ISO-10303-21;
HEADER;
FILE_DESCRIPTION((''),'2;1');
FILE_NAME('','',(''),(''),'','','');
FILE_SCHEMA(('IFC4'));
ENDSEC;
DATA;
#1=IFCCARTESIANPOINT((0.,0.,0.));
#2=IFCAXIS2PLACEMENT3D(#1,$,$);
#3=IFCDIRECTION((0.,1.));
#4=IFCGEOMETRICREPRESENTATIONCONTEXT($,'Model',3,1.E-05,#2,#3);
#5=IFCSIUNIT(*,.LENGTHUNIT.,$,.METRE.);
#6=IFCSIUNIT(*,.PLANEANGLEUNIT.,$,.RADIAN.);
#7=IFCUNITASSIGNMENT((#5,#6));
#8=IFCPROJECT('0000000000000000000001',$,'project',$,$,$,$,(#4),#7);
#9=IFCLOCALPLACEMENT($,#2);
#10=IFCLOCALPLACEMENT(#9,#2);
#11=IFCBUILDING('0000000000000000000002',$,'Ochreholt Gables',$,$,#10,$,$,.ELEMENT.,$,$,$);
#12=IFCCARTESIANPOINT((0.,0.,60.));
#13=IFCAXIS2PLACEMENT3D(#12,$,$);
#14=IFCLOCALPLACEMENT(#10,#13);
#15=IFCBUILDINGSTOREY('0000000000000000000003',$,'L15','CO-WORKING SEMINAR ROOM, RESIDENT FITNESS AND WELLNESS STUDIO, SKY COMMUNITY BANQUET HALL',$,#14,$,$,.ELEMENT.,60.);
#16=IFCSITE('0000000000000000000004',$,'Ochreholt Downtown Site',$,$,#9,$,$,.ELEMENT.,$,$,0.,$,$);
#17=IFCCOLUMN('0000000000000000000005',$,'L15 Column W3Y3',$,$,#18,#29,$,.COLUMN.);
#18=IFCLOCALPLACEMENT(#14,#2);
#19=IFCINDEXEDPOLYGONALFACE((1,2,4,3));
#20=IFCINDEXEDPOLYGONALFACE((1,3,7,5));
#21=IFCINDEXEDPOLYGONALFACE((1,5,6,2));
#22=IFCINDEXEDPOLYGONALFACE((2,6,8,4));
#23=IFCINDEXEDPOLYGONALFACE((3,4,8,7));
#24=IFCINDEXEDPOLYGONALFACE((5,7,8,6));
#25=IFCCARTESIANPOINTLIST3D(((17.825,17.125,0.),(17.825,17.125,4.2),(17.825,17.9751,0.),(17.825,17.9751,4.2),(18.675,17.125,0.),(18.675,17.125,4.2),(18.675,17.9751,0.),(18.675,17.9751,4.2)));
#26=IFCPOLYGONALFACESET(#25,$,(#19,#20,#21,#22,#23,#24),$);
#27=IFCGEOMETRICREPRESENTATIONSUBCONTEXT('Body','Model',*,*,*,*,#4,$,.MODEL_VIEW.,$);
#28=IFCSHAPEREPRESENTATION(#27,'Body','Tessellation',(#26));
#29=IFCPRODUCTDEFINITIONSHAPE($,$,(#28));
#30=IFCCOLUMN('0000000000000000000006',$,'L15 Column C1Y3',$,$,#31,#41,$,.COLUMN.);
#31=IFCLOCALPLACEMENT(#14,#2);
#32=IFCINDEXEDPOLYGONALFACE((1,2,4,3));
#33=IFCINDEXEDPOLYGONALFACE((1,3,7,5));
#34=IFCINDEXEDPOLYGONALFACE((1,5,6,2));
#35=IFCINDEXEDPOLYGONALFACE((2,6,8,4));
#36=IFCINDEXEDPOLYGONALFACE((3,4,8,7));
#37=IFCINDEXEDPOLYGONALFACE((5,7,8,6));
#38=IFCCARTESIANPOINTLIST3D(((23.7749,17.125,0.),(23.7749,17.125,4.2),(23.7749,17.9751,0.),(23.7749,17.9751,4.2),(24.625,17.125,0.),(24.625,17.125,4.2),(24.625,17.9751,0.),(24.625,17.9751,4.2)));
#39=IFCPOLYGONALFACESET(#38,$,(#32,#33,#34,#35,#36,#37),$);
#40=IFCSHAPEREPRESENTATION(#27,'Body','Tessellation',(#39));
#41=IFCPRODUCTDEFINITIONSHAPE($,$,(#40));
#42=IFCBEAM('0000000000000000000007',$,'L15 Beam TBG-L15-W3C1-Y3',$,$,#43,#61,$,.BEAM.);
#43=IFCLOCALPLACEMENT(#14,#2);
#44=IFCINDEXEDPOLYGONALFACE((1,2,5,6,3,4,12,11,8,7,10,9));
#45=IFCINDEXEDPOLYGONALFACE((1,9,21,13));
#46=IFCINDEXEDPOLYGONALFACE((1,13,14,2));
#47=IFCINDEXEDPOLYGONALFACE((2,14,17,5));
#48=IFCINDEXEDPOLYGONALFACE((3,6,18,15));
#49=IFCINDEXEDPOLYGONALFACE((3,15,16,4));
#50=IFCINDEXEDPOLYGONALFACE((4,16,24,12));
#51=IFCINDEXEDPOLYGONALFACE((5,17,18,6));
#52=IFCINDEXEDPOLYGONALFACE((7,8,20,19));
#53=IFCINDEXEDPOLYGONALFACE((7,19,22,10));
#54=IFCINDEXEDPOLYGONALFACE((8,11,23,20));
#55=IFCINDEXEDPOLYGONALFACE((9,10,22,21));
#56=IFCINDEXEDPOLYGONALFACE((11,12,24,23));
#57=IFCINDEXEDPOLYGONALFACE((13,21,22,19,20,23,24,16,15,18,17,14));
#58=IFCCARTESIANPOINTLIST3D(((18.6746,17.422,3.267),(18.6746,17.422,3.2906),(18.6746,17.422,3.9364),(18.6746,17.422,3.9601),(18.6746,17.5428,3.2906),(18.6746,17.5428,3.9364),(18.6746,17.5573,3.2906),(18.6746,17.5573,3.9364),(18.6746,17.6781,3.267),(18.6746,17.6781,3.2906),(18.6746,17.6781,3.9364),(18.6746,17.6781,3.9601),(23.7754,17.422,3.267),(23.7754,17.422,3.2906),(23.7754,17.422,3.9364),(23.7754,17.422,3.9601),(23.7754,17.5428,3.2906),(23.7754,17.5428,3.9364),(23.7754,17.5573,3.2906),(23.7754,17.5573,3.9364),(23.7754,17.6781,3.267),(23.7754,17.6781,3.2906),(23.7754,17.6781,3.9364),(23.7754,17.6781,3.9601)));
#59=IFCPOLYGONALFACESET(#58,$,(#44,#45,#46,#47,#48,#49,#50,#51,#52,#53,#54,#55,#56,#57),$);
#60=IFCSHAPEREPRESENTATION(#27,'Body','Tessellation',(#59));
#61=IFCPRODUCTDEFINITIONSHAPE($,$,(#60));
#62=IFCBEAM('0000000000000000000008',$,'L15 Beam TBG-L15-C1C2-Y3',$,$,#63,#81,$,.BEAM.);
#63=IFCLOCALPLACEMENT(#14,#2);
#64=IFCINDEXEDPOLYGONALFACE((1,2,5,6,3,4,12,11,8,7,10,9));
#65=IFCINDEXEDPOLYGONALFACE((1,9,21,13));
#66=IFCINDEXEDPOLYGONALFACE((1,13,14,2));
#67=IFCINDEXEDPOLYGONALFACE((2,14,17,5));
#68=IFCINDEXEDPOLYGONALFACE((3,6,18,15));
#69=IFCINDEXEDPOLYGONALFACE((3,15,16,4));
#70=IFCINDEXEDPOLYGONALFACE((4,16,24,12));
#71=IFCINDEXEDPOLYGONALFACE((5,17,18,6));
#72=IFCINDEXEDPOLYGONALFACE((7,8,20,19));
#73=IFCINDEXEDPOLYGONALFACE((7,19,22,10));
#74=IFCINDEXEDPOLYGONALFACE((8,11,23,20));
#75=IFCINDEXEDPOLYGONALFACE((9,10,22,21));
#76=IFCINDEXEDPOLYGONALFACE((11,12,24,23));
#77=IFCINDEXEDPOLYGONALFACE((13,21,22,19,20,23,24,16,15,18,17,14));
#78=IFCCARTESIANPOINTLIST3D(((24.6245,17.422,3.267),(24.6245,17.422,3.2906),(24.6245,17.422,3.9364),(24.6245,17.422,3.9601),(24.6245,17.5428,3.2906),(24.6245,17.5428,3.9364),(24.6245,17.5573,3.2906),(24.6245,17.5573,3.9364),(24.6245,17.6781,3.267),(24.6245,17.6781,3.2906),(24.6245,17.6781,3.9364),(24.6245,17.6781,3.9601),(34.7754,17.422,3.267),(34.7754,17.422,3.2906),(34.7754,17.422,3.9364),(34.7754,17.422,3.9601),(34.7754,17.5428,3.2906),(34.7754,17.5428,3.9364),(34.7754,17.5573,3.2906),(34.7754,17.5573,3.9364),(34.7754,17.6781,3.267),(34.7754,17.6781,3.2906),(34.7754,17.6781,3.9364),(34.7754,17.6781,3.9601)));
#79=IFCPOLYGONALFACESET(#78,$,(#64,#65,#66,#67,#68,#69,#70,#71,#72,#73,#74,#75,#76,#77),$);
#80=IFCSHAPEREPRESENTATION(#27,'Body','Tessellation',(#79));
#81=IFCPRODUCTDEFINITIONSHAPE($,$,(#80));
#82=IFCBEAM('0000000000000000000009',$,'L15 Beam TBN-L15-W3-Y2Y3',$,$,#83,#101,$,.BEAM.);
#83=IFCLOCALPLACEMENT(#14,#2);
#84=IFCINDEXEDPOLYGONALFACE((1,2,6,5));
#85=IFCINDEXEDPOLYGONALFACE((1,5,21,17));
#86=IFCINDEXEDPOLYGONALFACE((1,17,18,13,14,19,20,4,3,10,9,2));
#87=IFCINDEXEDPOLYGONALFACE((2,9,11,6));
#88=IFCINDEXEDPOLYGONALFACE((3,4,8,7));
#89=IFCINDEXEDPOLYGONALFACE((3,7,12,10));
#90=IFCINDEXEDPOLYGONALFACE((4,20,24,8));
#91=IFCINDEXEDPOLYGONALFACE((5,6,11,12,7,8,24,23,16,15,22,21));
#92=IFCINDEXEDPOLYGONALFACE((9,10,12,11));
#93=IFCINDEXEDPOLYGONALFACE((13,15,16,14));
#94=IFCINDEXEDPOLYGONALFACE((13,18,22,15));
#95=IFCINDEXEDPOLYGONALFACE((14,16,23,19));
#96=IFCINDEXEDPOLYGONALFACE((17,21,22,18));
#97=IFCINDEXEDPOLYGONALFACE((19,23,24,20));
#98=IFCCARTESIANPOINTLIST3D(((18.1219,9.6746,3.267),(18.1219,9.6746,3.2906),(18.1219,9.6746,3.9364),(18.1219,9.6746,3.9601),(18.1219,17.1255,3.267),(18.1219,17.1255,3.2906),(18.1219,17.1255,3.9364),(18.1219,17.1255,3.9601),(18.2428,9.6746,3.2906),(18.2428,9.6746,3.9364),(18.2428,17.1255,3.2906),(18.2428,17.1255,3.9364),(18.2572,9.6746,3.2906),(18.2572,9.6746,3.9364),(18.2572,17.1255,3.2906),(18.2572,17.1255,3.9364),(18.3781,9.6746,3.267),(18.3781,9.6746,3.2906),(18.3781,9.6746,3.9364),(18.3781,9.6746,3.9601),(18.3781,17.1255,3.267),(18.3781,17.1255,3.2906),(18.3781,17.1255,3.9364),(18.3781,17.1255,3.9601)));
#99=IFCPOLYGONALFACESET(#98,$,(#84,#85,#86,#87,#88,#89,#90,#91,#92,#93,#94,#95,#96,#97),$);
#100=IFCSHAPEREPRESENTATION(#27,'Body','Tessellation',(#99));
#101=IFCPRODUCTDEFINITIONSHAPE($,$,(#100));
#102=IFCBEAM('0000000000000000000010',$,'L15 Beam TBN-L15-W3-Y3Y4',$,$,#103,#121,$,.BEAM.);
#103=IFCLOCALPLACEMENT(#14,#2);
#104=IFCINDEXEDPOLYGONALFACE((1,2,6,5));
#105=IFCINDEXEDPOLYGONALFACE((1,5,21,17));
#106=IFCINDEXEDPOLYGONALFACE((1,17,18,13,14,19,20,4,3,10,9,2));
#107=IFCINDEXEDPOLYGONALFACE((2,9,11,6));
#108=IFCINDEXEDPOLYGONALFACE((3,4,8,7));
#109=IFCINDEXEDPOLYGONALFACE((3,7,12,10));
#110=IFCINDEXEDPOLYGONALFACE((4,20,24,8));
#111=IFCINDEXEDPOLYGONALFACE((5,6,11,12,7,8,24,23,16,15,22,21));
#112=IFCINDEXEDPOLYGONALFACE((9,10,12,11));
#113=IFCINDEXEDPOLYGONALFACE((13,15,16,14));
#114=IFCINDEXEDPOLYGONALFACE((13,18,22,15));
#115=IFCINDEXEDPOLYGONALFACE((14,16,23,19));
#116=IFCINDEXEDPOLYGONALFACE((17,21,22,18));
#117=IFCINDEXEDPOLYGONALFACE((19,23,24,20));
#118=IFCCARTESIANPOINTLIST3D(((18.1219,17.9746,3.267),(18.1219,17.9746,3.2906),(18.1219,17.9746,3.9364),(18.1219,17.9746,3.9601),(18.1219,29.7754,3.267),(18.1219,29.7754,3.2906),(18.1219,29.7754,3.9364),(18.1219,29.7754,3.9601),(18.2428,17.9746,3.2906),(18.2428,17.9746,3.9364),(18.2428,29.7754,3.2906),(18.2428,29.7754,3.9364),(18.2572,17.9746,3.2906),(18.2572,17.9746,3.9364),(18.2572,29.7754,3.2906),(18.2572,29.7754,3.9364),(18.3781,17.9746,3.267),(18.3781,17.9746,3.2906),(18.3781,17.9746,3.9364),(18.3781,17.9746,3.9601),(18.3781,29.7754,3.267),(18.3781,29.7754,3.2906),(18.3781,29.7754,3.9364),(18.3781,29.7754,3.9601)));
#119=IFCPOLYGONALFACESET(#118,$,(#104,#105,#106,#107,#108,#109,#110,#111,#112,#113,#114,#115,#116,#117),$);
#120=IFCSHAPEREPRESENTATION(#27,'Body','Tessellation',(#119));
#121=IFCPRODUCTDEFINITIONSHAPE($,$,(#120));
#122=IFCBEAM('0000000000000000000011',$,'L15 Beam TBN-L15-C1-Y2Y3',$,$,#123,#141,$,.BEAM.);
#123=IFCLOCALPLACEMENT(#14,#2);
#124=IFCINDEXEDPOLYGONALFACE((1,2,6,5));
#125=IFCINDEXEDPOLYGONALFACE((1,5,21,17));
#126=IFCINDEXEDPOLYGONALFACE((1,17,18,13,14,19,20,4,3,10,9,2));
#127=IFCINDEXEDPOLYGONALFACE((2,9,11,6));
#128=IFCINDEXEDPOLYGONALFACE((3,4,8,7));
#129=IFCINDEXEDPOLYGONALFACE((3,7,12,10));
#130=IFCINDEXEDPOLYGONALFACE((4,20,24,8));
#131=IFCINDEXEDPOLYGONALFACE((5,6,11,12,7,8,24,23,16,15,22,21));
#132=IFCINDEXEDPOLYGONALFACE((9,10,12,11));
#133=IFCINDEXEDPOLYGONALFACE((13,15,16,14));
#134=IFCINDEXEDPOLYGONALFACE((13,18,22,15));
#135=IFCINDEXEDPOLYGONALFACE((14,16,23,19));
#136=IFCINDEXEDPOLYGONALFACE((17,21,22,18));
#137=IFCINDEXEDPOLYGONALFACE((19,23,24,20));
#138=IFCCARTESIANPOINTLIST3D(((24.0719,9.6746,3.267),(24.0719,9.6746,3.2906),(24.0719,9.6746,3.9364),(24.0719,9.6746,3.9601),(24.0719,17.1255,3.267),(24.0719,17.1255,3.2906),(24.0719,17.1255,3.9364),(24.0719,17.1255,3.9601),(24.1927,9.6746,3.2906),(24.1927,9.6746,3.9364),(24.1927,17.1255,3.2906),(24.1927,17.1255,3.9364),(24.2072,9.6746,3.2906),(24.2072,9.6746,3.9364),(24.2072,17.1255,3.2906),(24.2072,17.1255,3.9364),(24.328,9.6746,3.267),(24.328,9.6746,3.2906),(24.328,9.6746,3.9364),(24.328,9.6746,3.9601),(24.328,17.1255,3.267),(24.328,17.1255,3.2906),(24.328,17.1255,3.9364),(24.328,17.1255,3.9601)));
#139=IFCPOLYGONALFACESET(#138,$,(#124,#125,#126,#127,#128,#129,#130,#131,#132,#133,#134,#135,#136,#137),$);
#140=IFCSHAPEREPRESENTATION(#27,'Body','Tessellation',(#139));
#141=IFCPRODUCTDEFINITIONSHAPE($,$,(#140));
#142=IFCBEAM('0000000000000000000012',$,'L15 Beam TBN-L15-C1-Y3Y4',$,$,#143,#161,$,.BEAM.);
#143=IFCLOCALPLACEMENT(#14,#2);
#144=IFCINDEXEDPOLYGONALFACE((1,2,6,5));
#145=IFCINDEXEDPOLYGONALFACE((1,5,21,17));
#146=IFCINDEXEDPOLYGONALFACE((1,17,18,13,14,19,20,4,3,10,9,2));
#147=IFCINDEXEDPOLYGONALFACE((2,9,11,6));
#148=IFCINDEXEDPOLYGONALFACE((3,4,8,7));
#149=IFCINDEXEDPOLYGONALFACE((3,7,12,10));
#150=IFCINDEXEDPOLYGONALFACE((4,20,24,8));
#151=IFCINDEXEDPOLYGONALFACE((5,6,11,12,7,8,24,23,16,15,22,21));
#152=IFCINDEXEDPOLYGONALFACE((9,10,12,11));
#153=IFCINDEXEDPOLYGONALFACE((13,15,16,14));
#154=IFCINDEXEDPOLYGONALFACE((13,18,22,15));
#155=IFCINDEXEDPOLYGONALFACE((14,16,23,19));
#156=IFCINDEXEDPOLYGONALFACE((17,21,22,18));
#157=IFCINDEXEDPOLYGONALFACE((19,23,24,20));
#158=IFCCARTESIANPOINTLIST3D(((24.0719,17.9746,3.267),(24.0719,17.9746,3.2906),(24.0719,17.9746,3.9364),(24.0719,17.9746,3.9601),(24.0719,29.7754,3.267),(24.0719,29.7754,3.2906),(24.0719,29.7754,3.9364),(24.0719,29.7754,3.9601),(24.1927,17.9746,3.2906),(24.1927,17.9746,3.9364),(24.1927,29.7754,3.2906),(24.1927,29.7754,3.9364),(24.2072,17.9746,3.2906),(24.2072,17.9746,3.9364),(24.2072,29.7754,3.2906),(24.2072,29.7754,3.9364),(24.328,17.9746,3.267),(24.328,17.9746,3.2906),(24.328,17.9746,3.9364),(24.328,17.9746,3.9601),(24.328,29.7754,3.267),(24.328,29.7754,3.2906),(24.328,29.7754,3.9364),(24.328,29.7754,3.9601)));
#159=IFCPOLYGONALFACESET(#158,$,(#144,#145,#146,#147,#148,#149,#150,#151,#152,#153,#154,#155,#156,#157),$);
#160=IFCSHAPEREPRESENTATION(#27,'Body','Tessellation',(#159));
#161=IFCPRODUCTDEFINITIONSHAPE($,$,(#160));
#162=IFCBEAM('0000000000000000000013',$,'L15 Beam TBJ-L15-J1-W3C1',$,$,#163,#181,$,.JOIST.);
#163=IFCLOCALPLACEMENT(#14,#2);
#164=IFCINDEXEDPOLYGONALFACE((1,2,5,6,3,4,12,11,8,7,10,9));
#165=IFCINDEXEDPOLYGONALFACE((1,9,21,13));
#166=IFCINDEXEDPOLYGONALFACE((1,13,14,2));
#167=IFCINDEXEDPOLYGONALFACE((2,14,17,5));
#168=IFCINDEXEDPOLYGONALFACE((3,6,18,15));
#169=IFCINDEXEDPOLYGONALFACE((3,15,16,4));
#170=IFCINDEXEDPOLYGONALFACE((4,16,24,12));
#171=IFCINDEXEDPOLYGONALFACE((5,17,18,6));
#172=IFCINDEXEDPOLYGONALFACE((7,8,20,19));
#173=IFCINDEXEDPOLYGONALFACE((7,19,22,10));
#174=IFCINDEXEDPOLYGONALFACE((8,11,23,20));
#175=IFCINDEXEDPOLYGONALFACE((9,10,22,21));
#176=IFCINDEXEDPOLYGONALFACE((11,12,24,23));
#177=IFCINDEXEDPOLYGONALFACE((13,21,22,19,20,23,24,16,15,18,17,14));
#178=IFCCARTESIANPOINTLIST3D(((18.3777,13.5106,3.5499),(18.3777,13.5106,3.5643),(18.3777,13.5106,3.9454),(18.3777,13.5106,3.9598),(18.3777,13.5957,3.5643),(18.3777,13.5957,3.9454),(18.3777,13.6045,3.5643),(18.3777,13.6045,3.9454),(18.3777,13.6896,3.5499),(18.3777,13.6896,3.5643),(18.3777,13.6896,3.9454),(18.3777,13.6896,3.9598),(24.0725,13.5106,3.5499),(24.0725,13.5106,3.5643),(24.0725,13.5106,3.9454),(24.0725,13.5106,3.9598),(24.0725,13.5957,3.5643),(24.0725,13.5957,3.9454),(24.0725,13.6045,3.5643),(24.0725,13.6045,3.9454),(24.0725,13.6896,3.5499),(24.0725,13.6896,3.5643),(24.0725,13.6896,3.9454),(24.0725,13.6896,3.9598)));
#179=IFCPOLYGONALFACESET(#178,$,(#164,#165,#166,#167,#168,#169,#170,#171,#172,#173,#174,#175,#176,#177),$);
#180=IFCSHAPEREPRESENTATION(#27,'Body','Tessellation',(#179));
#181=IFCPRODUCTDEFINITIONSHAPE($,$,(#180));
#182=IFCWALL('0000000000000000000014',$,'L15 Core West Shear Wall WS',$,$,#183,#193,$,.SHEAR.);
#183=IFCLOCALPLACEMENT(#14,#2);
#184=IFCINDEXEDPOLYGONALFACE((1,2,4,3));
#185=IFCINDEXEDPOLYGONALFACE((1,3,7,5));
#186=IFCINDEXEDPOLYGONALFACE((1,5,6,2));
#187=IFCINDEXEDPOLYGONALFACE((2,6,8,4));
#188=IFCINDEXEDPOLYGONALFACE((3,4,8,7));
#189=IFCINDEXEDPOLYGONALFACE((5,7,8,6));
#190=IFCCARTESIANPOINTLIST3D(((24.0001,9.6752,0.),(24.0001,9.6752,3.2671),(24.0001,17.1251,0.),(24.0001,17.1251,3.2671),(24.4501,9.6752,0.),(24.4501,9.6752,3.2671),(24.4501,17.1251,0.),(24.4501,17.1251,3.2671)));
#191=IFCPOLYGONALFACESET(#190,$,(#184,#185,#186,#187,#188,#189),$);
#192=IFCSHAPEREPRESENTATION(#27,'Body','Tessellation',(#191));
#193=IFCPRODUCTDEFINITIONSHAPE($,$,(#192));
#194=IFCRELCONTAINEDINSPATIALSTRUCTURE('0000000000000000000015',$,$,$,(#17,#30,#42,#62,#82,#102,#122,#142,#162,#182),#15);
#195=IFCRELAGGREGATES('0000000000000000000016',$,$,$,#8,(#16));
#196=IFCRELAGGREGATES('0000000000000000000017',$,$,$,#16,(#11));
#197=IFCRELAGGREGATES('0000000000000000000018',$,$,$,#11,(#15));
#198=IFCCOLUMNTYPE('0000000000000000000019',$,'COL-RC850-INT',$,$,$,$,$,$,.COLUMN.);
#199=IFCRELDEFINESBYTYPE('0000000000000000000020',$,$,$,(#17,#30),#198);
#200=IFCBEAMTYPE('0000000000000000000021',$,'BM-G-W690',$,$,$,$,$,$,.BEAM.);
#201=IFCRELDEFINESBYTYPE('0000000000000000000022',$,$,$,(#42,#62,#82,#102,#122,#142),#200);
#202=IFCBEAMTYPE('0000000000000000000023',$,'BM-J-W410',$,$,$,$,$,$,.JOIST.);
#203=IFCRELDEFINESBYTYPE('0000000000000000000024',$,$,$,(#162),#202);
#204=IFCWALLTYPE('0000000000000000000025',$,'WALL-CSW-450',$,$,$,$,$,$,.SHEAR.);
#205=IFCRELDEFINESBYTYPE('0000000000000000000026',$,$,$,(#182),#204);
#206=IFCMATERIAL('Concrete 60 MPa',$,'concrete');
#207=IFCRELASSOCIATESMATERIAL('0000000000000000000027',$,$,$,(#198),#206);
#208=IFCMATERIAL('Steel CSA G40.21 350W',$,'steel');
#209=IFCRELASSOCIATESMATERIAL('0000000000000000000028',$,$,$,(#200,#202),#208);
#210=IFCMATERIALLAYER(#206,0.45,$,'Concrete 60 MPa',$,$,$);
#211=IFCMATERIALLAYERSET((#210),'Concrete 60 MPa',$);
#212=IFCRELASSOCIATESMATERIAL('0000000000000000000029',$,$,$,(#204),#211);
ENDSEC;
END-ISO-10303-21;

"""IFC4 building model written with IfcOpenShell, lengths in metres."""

from ifc_helpers import new_model, si_unit, direction, frame, frame_2d, origin, origin_2d, place, context, subcontext, project, spatial, rectangle, i_section, extrude, material, layer, layer_set, material_profile, profile_set, type_object, element, save


model = new_model("IFC4")

# Units and contexts
model_context = context("Model", 3, precision=1e-05, world=origin(), true_north=direction((0.0, 1.0)))
body_context = subcontext(model_context, "Body", "Model", "MODEL_VIEW")
ifc_project = project(units=[si_unit("LENGTHUNIT", "METRE"), si_unit("PLANEANGLEUNIT", "RADIAN")], contexts=[model_context])

# Site, building, storey
site_placement = place(None, origin())
site = spatial("IfcSite", under=ifc_project, at=site_placement, Name="Ochreholt Downtown Site", CompositionType="ELEMENT", RefElevation=0.0)
building_placement = place(site_placement, origin())
building = spatial("IfcBuilding", under=site, at=building_placement, Name="Ochreholt Gables", CompositionType="ELEMENT")
storey_placement = place(building_placement, frame((0.0, 0.0, 60.0)))
storey = spatial("IfcBuildingStorey", under=building, at=storey_placement, Name="L15", Description="CO-WORKING SEMINAR ROOM, RESIDENT FITNESS AND WELLNESS STUDIO, SKY COMMUNITY BANQUET HALL", CompositionType="ELEMENT", Elevation=60.0)

# Columns
ifc_material_1 = material(Name="Concrete 60 MPa", Category="concrete")
ifc_material_profile_1 = material_profile(ifc_material_1, rectangle(XDim=0.8501, YDim=0.8501, at=origin_2d()), Name="RC850X850")
ifc_profile_set_1 = profile_set([ifc_material_profile_1], Name="Concrete 60 MPa")
column_type = type_object("IfcColumnType", Name="COL-RC850-INT", PredefinedType="COLUMN", material=ifc_profile_set_1)
for number, where, z_axis, x_axis, name in (
    (1, (18.25, 17.55, 0.0), (0.0, 0.0, 1.0), (1.0, 0.0, 0.0), "L15 Column W3Y3"),
    (2, (24.2, 17.55, 0.0), (0.0, 0.0, 1.0), (1.0, 0.0, 0.0), "L15 Column C1Y3"),
):
    element("IfcColumn", number, at=place(storey_placement, frame(where, z_axis=z_axis, x_axis=x_axis)), inside=storey, type_object=column_type, Name=name, PredefinedType="COLUMN", context=body_context, shape_type="SweptSolid", body=[
        extrude(rectangle(XDim=0.8501, YDim=0.8501, at=origin_2d()), origin(), (0.0, 0.0, 1.0), 4.2),
    ])

# Beams
ifc_material_2 = material(Name="Steel CSA G40.21 350W", Category="steel")
ifc_material_profile_2 = material_profile(ifc_material_2, i_section(OverallWidth=0.2561, OverallDepth=0.6931, WebThickness=0.0144, FlangeThickness=0.0237, at=origin_2d()), Name="W690X170")
ifc_profile_set_2 = profile_set([ifc_material_profile_2], Name="Steel CSA G40.21 350W")
beam_type_1 = type_object("IfcBeamType", Name="BM-G-W690", PredefinedType="BEAM", material=ifc_profile_set_2)
beam_1_placement = place(storey_placement, frame((18.6746, 17.55, 3.6135), z_axis=(1.0, 0.0, 0.0), x_axis=(0.0, 1.0, 0.0)))
element("IfcBeam", 3, at=beam_1_placement, inside=storey, type_object=beam_type_1, Name="L15 Beam TBG-L15-W3C1-Y3", PredefinedType="BEAM", context=body_context, shape_type="SweptSolid", body=[
    extrude(i_section(OverallWidth=0.2561, OverallDepth=0.6931, WebThickness=0.0144, FlangeThickness=0.0237, at=origin_2d()), origin(), (0.0, 0.0, 1.0), 5.1008),
])
beam_2_placement = place(storey_placement, frame((24.6245, 17.55, 3.6135), z_axis=(1.0, 0.0, 0.0), x_axis=(0.0, 1.0, 0.0)))
element("IfcBeam", 4, at=beam_2_placement, inside=storey, type_object=beam_type_1, Name="L15 Beam TBG-L15-C1C2-Y3", PredefinedType="BEAM", context=body_context, shape_type="SweptSolid", body=[
    extrude(i_section(OverallWidth=0.2561, OverallDepth=0.6931, WebThickness=0.0144, FlangeThickness=0.0237, at=origin_2d()), origin(), (0.0, 0.0, 1.0), 10.1509),
])
beam_3_placement = place(storey_placement, frame((18.25, 9.6746, 3.6135), z_axis=(0.0, 1.0, 0.0), x_axis=(-1.0, 0.0, 0.0)))
element("IfcBeam", 5, at=beam_3_placement, inside=storey, type_object=beam_type_1, Name="L15 Beam TBN-L15-W3-Y2Y3", PredefinedType="BEAM", context=body_context, shape_type="SweptSolid", body=[
    extrude(i_section(OverallWidth=0.2561, OverallDepth=0.6931, WebThickness=0.0144, FlangeThickness=0.0237, at=origin_2d()), origin(), (0.0, 0.0, 1.0), 7.4509),
])
beam_4_placement = place(storey_placement, frame((18.25, 17.9746, 3.6135), z_axis=(0.0, 1.0, 0.0), x_axis=(-1.0, 0.0, 0.0)))
element("IfcBeam", 6, at=beam_4_placement, inside=storey, type_object=beam_type_1, Name="L15 Beam TBN-L15-W3-Y3Y4", PredefinedType="BEAM", context=body_context, shape_type="SweptSolid", body=[
    extrude(i_section(OverallWidth=0.2561, OverallDepth=0.6931, WebThickness=0.0144, FlangeThickness=0.0237, at=origin_2d()), origin(), (0.0, 0.0, 1.0), 11.8008),
])
beam_5_placement = place(storey_placement, frame((24.2, 9.6746, 3.6135), z_axis=(0.0, 1.0, 0.0), x_axis=(-1.0, 0.0, 0.0)))
element("IfcBeam", 7, at=beam_5_placement, inside=storey, type_object=beam_type_1, Name="L15 Beam TBN-L15-C1-Y2Y3", PredefinedType="BEAM", context=body_context, shape_type="SweptSolid", body=[
    extrude(i_section(OverallWidth=0.2561, OverallDepth=0.6931, WebThickness=0.0144, FlangeThickness=0.0237, at=origin_2d()), origin(), (0.0, 0.0, 1.0), 7.4509),
])
beam_6_placement = place(storey_placement, frame((24.2, 17.9746, 3.6135), z_axis=(0.0, 1.0, 0.0), x_axis=(-1.0, 0.0, 0.0)))
element("IfcBeam", 8, at=beam_6_placement, inside=storey, type_object=beam_type_1, Name="L15 Beam TBN-L15-C1-Y3Y4", PredefinedType="BEAM", context=body_context, shape_type="SweptSolid", body=[
    extrude(i_section(OverallWidth=0.2561, OverallDepth=0.6931, WebThickness=0.0144, FlangeThickness=0.0237, at=origin_2d()), origin(), (0.0, 0.0, 1.0), 11.8008),
])
ifc_material_profile_3 = material_profile(ifc_material_2, i_section(OverallWidth=0.179, OverallDepth=0.4099, WebThickness=0.0088, FlangeThickness=0.0144, at=origin_2d()), Name="W410X67")
ifc_profile_set_3 = profile_set([ifc_material_profile_3], Name="Steel CSA G40.21 350W")
beam_type_2 = type_object("IfcBeamType", Name="BM-J-W410", PredefinedType="JOIST", material=ifc_profile_set_3)
beam_7_placement = place(storey_placement, frame((18.3777, 13.6001, 3.7549), z_axis=(1.0, 0.0, 0.0), x_axis=(0.0, 1.0, 0.0)))
element("IfcBeam", 9, at=beam_7_placement, inside=storey, type_object=beam_type_2, Name="L15 Beam TBJ-L15-J1-W3C1", PredefinedType="JOIST", context=body_context, shape_type="SweptSolid", body=[
    extrude(i_section(OverallWidth=0.179, OverallDepth=0.4099, WebThickness=0.0088, FlangeThickness=0.0144, at=origin_2d()), origin(), (0.0, 0.0, 1.0), 5.6948),
])

# Wall
ifc_layer_1 = layer(ifc_material_1, 0.45, Name="Concrete 60 MPa")
ifc_layer_set_1 = layer_set([ifc_layer_1], Name="Concrete 60 MPa")
wall_type_1 = type_object("IfcWallType", Name="WALL-CSW-450", PredefinedType="SHEAR", material=ifc_layer_set_1)
wall_1_placement = place(storey_placement, frame((24.2251, 9.675, 0.0), z_axis=(0.0, 0.0, 1.0), x_axis=(0.0, 1.0, 0.0)))
element("IfcWall", 10, at=wall_1_placement, inside=storey, type_object=wall_type_1, Name="L15 Core West Shear Wall WS", PredefinedType="SHEAR", context=body_context, shape_type="SweptSolid", body=[
    extrude(rectangle(XDim=7.45, YDim=0.45, at=frame_2d((3.7251, 0.0))), origin(), (0.0, 0.0, 1.0), 3.2671),
])

save(model, "model.ifc")
